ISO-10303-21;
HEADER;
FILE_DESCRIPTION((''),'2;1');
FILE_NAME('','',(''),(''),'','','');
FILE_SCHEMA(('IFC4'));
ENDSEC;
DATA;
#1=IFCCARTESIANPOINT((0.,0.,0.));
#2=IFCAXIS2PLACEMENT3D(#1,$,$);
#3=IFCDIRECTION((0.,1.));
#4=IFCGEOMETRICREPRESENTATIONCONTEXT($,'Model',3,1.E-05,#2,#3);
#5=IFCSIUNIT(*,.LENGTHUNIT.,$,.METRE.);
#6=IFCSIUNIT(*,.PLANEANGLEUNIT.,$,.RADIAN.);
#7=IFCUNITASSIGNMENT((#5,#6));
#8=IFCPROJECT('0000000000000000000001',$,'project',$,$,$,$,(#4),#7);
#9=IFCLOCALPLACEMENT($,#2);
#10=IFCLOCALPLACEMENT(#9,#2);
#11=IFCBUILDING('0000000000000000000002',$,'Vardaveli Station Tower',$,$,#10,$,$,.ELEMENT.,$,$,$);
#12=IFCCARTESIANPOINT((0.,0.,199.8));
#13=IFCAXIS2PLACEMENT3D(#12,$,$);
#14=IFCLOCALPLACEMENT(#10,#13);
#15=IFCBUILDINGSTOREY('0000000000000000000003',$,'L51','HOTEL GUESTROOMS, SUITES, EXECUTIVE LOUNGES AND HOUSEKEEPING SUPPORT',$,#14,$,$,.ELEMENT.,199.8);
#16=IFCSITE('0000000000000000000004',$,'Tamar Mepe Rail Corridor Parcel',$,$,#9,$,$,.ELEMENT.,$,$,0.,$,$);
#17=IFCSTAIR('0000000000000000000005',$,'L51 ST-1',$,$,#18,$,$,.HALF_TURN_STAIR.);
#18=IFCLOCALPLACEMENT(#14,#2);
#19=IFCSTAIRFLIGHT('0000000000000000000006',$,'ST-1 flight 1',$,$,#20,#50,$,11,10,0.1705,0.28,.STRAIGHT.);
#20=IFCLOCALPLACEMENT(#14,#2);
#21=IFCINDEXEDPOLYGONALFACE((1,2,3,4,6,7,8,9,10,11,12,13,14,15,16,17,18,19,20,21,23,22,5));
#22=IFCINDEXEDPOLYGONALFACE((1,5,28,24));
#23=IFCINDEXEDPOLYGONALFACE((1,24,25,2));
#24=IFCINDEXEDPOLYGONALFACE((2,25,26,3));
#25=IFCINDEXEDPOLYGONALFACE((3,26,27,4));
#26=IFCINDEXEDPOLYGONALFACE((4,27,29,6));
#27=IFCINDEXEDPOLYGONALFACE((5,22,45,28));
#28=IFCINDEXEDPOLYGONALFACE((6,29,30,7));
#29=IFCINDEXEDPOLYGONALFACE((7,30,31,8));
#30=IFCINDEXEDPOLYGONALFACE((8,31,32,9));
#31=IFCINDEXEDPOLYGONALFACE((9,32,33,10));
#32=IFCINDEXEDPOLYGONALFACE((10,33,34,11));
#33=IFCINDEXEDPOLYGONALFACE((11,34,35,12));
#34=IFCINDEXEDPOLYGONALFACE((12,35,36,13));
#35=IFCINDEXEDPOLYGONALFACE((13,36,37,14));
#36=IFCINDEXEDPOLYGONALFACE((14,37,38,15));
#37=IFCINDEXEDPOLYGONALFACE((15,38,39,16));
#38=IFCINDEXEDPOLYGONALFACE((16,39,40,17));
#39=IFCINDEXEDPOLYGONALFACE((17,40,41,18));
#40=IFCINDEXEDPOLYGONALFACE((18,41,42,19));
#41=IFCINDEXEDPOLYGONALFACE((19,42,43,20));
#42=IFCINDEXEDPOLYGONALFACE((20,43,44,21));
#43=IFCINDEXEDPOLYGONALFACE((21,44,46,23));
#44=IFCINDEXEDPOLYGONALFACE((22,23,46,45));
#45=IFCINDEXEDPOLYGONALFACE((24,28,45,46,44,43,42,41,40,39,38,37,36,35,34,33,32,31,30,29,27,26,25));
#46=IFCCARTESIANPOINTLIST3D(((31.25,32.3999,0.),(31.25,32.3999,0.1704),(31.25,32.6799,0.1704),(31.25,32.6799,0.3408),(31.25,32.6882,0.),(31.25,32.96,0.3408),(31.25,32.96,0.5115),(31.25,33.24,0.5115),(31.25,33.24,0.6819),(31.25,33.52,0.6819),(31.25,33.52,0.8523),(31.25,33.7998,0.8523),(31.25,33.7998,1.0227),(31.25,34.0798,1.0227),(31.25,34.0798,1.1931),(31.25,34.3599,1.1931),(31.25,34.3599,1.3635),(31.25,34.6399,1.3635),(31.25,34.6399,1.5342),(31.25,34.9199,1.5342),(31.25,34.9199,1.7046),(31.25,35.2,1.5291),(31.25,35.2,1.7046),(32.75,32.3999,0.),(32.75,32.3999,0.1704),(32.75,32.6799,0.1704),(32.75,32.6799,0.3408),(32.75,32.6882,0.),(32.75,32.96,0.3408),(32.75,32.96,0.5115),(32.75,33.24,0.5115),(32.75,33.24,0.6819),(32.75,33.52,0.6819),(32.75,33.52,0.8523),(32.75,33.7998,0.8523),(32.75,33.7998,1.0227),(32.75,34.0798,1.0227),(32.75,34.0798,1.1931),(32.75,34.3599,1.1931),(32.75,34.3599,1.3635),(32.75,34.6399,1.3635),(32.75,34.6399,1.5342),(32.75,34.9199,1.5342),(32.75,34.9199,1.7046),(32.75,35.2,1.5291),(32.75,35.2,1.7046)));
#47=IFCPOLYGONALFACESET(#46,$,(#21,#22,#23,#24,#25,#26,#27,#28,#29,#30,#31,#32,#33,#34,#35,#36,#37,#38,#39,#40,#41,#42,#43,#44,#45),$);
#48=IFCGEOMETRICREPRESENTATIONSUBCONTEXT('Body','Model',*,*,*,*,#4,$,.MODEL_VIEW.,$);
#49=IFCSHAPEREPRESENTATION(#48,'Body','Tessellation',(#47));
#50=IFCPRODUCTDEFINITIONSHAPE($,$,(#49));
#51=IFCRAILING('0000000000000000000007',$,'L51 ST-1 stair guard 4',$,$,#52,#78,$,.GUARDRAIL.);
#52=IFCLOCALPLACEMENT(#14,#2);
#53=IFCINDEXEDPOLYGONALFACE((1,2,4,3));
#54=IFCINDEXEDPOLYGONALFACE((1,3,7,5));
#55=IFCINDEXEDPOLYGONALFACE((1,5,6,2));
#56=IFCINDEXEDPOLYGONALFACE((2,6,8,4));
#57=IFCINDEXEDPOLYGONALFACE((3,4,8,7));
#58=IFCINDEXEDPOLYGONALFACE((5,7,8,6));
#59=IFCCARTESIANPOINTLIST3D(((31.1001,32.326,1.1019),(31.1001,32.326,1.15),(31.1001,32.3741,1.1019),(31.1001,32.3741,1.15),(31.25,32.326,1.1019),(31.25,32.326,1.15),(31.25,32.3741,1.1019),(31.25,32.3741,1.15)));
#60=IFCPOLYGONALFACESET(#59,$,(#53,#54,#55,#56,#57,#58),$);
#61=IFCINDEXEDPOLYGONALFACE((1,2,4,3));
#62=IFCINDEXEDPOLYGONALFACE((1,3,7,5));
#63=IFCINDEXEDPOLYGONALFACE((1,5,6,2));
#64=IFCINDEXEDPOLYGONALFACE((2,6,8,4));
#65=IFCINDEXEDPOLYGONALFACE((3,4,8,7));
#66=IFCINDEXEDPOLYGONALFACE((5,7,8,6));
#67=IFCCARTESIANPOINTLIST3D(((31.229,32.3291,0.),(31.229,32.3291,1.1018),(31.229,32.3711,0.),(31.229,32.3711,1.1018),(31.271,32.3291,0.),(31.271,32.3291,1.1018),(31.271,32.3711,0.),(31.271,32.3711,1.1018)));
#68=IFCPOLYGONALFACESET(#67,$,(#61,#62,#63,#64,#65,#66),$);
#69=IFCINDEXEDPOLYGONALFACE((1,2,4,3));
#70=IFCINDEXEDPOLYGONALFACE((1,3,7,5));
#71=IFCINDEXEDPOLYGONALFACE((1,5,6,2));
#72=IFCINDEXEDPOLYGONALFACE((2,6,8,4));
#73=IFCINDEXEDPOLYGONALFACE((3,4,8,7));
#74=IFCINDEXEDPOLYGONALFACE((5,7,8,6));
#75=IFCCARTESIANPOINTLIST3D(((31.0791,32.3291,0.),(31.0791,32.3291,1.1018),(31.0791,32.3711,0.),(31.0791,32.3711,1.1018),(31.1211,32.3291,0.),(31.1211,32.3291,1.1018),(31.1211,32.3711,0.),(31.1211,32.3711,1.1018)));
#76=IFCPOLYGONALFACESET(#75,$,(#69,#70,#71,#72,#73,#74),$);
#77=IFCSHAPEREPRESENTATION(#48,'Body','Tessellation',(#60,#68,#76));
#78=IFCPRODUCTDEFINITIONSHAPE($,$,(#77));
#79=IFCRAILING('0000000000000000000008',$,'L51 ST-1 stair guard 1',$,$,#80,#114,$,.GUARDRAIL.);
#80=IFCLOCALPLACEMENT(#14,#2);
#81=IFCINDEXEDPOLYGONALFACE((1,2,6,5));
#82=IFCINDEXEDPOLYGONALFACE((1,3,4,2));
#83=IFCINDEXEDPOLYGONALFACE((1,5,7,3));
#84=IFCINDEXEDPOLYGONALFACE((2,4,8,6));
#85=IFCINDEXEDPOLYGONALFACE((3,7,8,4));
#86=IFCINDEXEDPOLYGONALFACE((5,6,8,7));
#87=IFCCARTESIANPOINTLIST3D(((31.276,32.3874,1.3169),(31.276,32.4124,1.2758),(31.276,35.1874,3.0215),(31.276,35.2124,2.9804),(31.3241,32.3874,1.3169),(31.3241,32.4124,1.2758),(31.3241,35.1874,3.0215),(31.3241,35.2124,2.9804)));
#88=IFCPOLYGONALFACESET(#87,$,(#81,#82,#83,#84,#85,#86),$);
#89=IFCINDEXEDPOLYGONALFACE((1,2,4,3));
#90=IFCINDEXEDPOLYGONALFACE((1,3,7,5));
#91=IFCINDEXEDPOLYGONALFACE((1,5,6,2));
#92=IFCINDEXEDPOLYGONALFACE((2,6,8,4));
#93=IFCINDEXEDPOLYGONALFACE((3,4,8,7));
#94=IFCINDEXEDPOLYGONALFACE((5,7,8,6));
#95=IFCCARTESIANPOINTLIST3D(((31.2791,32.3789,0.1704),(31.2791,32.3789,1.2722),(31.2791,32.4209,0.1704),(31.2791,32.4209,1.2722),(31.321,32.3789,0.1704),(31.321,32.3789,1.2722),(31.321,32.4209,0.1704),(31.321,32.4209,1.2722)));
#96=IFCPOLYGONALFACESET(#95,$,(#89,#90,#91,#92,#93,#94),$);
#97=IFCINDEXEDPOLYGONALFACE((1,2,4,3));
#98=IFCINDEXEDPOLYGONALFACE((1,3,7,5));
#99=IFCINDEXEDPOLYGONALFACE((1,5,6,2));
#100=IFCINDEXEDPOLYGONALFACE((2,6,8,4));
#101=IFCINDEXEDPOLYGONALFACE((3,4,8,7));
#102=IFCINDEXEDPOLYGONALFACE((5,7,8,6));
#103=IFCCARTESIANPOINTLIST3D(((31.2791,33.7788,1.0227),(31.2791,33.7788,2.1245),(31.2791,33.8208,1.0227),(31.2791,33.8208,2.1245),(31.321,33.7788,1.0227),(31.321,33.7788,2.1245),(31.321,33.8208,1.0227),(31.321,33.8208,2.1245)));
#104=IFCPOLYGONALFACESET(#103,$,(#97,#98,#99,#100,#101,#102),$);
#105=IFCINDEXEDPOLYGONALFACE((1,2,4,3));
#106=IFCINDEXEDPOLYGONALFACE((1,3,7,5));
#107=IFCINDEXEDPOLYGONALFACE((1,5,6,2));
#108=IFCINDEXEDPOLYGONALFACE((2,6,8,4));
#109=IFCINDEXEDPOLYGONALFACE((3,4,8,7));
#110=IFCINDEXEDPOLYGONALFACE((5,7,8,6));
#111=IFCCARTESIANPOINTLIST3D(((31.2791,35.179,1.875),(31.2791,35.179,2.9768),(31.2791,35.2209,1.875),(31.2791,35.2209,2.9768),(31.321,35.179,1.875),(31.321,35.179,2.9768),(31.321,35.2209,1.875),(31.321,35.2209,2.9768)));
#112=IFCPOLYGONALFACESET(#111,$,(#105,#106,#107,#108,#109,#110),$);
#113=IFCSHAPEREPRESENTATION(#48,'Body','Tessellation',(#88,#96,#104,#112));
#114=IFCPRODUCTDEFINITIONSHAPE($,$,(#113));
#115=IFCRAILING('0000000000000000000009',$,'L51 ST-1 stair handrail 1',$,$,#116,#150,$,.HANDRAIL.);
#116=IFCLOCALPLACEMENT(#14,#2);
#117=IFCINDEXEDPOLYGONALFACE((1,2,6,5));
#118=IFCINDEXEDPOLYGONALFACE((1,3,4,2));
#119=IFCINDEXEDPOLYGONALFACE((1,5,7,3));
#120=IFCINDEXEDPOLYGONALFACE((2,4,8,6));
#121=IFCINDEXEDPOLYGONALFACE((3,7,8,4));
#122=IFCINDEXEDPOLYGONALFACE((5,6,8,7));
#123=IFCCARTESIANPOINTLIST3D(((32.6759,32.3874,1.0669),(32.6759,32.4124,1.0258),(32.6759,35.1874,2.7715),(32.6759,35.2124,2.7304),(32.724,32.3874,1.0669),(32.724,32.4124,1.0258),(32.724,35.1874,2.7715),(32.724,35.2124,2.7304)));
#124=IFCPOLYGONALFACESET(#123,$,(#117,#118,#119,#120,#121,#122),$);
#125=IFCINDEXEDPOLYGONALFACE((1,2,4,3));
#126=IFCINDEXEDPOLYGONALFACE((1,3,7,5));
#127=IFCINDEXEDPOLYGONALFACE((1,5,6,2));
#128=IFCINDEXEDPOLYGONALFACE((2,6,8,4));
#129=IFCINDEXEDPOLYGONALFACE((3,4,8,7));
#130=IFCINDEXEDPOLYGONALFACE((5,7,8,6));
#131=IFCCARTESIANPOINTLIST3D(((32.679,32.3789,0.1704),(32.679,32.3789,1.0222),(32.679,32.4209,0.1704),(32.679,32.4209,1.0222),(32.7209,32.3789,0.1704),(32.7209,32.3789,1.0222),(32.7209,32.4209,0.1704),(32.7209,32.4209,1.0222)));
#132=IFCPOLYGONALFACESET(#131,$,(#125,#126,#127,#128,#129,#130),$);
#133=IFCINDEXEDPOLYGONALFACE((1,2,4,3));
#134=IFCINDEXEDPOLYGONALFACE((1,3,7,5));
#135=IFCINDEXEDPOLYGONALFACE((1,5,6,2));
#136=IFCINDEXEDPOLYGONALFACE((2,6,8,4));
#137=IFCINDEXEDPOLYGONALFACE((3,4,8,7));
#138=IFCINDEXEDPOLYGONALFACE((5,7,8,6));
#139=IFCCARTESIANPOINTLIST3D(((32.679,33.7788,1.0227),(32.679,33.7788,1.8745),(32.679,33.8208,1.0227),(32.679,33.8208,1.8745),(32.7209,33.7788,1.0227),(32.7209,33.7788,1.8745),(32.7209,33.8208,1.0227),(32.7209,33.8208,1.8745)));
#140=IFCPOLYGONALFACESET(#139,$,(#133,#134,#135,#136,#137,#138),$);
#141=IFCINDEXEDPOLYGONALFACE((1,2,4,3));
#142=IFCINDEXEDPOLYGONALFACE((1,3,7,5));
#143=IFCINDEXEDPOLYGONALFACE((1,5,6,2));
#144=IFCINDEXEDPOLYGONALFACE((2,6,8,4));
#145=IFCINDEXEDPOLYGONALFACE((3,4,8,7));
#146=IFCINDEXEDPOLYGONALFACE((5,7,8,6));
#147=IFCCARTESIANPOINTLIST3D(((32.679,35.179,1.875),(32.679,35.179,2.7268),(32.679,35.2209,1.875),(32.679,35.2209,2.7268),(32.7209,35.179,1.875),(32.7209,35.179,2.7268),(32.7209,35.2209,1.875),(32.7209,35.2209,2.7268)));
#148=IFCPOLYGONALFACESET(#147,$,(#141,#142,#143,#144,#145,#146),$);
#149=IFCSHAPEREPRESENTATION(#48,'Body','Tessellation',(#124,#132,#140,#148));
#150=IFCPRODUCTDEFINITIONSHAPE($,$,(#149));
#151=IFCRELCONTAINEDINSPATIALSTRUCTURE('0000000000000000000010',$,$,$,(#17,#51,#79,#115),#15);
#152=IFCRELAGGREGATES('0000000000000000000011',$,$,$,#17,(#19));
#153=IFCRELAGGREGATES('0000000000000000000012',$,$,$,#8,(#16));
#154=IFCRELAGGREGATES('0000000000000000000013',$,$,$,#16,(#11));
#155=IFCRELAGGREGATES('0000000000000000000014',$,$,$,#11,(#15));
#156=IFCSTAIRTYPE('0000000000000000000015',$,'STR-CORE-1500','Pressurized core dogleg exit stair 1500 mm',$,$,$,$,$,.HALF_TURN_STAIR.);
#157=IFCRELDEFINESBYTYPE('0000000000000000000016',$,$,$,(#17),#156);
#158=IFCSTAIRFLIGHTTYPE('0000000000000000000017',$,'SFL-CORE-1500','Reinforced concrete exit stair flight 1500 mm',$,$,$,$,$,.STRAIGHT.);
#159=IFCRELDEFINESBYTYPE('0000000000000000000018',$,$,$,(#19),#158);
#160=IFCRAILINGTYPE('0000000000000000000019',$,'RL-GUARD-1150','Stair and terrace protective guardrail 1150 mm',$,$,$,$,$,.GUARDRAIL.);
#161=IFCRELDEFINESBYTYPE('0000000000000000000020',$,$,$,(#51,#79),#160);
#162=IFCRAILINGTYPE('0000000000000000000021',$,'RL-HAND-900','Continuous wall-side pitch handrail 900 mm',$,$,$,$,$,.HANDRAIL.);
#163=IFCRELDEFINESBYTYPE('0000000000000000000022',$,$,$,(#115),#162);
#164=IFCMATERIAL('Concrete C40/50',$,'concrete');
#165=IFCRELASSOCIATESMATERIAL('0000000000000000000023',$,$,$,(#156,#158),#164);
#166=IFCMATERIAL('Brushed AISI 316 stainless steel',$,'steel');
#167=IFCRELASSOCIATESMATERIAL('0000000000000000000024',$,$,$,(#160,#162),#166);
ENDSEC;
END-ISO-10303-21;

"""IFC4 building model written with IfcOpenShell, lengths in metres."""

from ifc_helpers import new_model, si_unit, direction, frame, origin, origin_2d, place, context, subcontext, project, spatial, polyline, rectangle, outline, extrude, source, transform, mapped, material, type_object, element, aggregate, save


model = new_model("IFC4")

# Units and contexts
model_context = context("Model", 3, precision=1e-05, world=origin(), true_north=direction((0.0, 1.0)))
body_context = subcontext(model_context, "Body", "Model", "MODEL_VIEW")
ifc_project = project(units=[si_unit("LENGTHUNIT", "METRE"), si_unit("PLANEANGLEUNIT", "RADIAN")], contexts=[model_context])

# Site, building, storey
site_placement = place(None, origin())
site = spatial("IfcSite", under=ifc_project, at=site_placement, Name="Tamar Mepe Rail Corridor Parcel", CompositionType="ELEMENT", RefElevation=0.0)
building_placement = place(site_placement, origin())
building = spatial("IfcBuilding", under=site, at=building_placement, Name="Vardaveli Station Tower", CompositionType="ELEMENT")
storey_placement = place(building_placement, frame((0.0, 0.0, 199.8)))
storey = spatial("IfcBuildingStorey", under=building, at=storey_placement, Name="L51", Description="HOTEL GUESTROOMS, SUITES, EXECUTIVE LOUNGES AND HOUSEKEEPING SUPPORT", CompositionType="ELEMENT", Elevation=199.8)

# Shared definitions
ifc_material_1 = material(Name="Concrete C40/50", Category="concrete")

# Stair, stair flight
stair_type = type_object("IfcStairType", Name="STR-CORE-1500", Description="Pressurized core dogleg exit stair 1500 mm", PredefinedType="HALF_TURN_STAIR", material=ifc_material_1)
stair_placement = place(storey_placement, origin())
stair = element("IfcStair", 1, at=stair_placement, inside=storey, type_object=stair_type, Name="L51 ST-1", PredefinedType="HALF_TURN_STAIR")
stair_flight_type = type_object("IfcStairFlightType", Name="SFL-CORE-1500", Description="Reinforced concrete exit stair flight 1500 mm", PredefinedType="STRAIGHT", material=ifc_material_1)
shared_shape_1 = source(origin(), body_context, "Body", "SweptSolid", [
    extrude(outline(polyline([(0.0, 0.0), (0.0, 0.1704), (0.28, 0.1704), (0.28, 0.3408), (0.5601, 0.3408), (0.5601, 0.5115), (0.8401, 0.5115), (0.8401, 0.6819), (1.1201, 0.6819), (1.1201, 0.8523), (1.3999, 0.8523), (1.3999, 1.0227), (1.6799, 1.0227), (1.6799, 1.1931), (1.96, 1.1931), (1.96, 1.3635), (2.24, 1.3635), (2.24, 1.5342), (2.52, 1.5342), (2.52, 1.7046), (2.8, 1.7046), (2.8, 1.875), (2.8, 1.5291), (0.2883, 0.0), (0.0, 0.0)])), frame((0.0, 0.75, 0.0), z_axis=(0.0, -1.0, 0.0), x_axis=(1.0, 0.0, 0.0)), (0.0, 0.0, 1.0), 1.5),
])
stair_flight_placement = place(storey_placement, frame((32.0, 32.3999, 0.0), z_axis=(0.0, 0.0, 1.0), x_axis=(0.0, 1.0, 0.0)))
stair_flight = element("IfcStairFlight", 2, at=stair_flight_placement, type_object=stair_flight_type, Name="ST-1 flight 1", NumberOfRisers=11, NumberOfTreads=10, PredefinedType="STRAIGHT", RiserHeight=0.1705, TreadLength=0.28, context=body_context, shape_type="MappedRepresentation", body=[
    mapped(shared_shape_1, transform((0.0, 0.0, 0.0), scale=1.0)),
])
aggregate(stair, [stair_flight])

# Railings
ifc_material_2 = material(Name="Brushed AISI 316 stainless steel", Category="steel")
railing_type_1 = type_object("IfcRailingType", Name="RL-GUARD-1150", Description="Stair and terrace protective guardrail 1150 mm", PredefinedType="GUARDRAIL", material=ifc_material_2)
shared_shape_2 = source(origin(), body_context, "Body", "SweptSolid", [
    extrude(rectangle(XDim=0.0481, YDim=0.0481, at=origin_2d()), frame((0.0, 0.0, 1.126), z_axis=(-1.0, 0.0, 0.0), x_axis=(0.0, -1.0, 0.0)), (0.0, 0.0, 1.0), 0.1499),
    extrude(rectangle(XDim=0.042, YDim=0.042, at=origin_2d()), origin(), (0.0, 0.0, 1.0), 1.1018),
    extrude(rectangle(XDim=0.042, YDim=0.042, at=origin_2d()), frame((-0.1499, 0.0, 0.0)), (0.0, 0.0, 1.0), 1.1018),
])
railing_1_placement = place(storey_placement, frame((31.25, 32.3501, 0.0)))
element("IfcRailing", 3, at=railing_1_placement, inside=storey, type_object=railing_type_1, Name="L51 ST-1 stair guard 4", PredefinedType="GUARDRAIL", context=body_context, shape_type="MappedRepresentation", body=[
    mapped(shared_shape_2, transform((0.0, 0.0, 0.0), scale=1.0)),
])
shared_shape_3 = source(origin(), body_context, "Body", "SweptSolid", [
    extrude(rectangle(XDim=0.0481, YDim=0.0481, at=origin_2d()), frame((0.0, 0.0, 1.126), z_axis=(0.0, 0.85417, 0.519994), x_axis=(-1.0, 0.0, 0.0)), (0.0, 0.0, 1.0), 3.2781),
    extrude(rectangle(XDim=0.042, YDim=0.042, at=origin_2d()), origin(), (0.0, 0.0, 1.0), 1.1018),
    extrude(rectangle(XDim=0.042, YDim=0.042, at=origin_2d()), frame((0.0, 1.3999, 0.8523)), (0.0, 0.0, 1.0), 1.1018),
    extrude(rectangle(XDim=0.042, YDim=0.042, at=origin_2d()), frame((0.0, 2.8, 1.7046)), (0.0, 0.0, 1.0), 1.1018),
])
railing_2_placement = place(storey_placement, frame((31.3, 32.3999, 0.1704)))
element("IfcRailing", 4, at=railing_2_placement, inside=storey, type_object=railing_type_1, Name="L51 ST-1 stair guard 1", PredefinedType="GUARDRAIL", context=body_context, shape_type="MappedRepresentation", body=[
    mapped(shared_shape_3, transform((0.0, 0.0, 0.0), scale=1.0)),
])
railing_type_2 = type_object("IfcRailingType", Name="RL-HAND-900", Description="Continuous wall-side pitch handrail 900 mm", PredefinedType="HANDRAIL", material=ifc_material_2)
shared_shape_4 = source(origin(), body_context, "Body", "SweptSolid", [
    extrude(rectangle(XDim=0.0481, YDim=0.0481, at=origin_2d()), frame((0.0, 0.0, 0.876), z_axis=(0.0, 0.85417, 0.519994), x_axis=(-1.0, 0.0, 0.0)), (0.0, 0.0, 1.0), 3.2781),
    extrude(rectangle(XDim=0.042, YDim=0.042, at=origin_2d()), origin(), (0.0, 0.0, 1.0), 0.8518),
    extrude(rectangle(XDim=0.042, YDim=0.042, at=origin_2d()), frame((0.0, 1.3999, 0.8523)), (0.0, 0.0, 1.0), 0.8518),
    extrude(rectangle(XDim=0.042, YDim=0.042, at=origin_2d()), frame((0.0, 2.8, 1.7046)), (0.0, 0.0, 1.0), 0.8518),
])
railing_3_placement = place(storey_placement, frame((32.7, 32.3999, 0.1704)))
element("IfcRailing", 5, at=railing_3_placement, inside=storey, type_object=railing_type_2, Name="L51 ST-1 stair handrail 1", PredefinedType="HANDRAIL", context=body_context, shape_type="MappedRepresentation", body=[
    mapped(shared_shape_4, transform((0.0, 0.0, 0.0), scale=1.0)),
])

save(model, "model.ifc")
